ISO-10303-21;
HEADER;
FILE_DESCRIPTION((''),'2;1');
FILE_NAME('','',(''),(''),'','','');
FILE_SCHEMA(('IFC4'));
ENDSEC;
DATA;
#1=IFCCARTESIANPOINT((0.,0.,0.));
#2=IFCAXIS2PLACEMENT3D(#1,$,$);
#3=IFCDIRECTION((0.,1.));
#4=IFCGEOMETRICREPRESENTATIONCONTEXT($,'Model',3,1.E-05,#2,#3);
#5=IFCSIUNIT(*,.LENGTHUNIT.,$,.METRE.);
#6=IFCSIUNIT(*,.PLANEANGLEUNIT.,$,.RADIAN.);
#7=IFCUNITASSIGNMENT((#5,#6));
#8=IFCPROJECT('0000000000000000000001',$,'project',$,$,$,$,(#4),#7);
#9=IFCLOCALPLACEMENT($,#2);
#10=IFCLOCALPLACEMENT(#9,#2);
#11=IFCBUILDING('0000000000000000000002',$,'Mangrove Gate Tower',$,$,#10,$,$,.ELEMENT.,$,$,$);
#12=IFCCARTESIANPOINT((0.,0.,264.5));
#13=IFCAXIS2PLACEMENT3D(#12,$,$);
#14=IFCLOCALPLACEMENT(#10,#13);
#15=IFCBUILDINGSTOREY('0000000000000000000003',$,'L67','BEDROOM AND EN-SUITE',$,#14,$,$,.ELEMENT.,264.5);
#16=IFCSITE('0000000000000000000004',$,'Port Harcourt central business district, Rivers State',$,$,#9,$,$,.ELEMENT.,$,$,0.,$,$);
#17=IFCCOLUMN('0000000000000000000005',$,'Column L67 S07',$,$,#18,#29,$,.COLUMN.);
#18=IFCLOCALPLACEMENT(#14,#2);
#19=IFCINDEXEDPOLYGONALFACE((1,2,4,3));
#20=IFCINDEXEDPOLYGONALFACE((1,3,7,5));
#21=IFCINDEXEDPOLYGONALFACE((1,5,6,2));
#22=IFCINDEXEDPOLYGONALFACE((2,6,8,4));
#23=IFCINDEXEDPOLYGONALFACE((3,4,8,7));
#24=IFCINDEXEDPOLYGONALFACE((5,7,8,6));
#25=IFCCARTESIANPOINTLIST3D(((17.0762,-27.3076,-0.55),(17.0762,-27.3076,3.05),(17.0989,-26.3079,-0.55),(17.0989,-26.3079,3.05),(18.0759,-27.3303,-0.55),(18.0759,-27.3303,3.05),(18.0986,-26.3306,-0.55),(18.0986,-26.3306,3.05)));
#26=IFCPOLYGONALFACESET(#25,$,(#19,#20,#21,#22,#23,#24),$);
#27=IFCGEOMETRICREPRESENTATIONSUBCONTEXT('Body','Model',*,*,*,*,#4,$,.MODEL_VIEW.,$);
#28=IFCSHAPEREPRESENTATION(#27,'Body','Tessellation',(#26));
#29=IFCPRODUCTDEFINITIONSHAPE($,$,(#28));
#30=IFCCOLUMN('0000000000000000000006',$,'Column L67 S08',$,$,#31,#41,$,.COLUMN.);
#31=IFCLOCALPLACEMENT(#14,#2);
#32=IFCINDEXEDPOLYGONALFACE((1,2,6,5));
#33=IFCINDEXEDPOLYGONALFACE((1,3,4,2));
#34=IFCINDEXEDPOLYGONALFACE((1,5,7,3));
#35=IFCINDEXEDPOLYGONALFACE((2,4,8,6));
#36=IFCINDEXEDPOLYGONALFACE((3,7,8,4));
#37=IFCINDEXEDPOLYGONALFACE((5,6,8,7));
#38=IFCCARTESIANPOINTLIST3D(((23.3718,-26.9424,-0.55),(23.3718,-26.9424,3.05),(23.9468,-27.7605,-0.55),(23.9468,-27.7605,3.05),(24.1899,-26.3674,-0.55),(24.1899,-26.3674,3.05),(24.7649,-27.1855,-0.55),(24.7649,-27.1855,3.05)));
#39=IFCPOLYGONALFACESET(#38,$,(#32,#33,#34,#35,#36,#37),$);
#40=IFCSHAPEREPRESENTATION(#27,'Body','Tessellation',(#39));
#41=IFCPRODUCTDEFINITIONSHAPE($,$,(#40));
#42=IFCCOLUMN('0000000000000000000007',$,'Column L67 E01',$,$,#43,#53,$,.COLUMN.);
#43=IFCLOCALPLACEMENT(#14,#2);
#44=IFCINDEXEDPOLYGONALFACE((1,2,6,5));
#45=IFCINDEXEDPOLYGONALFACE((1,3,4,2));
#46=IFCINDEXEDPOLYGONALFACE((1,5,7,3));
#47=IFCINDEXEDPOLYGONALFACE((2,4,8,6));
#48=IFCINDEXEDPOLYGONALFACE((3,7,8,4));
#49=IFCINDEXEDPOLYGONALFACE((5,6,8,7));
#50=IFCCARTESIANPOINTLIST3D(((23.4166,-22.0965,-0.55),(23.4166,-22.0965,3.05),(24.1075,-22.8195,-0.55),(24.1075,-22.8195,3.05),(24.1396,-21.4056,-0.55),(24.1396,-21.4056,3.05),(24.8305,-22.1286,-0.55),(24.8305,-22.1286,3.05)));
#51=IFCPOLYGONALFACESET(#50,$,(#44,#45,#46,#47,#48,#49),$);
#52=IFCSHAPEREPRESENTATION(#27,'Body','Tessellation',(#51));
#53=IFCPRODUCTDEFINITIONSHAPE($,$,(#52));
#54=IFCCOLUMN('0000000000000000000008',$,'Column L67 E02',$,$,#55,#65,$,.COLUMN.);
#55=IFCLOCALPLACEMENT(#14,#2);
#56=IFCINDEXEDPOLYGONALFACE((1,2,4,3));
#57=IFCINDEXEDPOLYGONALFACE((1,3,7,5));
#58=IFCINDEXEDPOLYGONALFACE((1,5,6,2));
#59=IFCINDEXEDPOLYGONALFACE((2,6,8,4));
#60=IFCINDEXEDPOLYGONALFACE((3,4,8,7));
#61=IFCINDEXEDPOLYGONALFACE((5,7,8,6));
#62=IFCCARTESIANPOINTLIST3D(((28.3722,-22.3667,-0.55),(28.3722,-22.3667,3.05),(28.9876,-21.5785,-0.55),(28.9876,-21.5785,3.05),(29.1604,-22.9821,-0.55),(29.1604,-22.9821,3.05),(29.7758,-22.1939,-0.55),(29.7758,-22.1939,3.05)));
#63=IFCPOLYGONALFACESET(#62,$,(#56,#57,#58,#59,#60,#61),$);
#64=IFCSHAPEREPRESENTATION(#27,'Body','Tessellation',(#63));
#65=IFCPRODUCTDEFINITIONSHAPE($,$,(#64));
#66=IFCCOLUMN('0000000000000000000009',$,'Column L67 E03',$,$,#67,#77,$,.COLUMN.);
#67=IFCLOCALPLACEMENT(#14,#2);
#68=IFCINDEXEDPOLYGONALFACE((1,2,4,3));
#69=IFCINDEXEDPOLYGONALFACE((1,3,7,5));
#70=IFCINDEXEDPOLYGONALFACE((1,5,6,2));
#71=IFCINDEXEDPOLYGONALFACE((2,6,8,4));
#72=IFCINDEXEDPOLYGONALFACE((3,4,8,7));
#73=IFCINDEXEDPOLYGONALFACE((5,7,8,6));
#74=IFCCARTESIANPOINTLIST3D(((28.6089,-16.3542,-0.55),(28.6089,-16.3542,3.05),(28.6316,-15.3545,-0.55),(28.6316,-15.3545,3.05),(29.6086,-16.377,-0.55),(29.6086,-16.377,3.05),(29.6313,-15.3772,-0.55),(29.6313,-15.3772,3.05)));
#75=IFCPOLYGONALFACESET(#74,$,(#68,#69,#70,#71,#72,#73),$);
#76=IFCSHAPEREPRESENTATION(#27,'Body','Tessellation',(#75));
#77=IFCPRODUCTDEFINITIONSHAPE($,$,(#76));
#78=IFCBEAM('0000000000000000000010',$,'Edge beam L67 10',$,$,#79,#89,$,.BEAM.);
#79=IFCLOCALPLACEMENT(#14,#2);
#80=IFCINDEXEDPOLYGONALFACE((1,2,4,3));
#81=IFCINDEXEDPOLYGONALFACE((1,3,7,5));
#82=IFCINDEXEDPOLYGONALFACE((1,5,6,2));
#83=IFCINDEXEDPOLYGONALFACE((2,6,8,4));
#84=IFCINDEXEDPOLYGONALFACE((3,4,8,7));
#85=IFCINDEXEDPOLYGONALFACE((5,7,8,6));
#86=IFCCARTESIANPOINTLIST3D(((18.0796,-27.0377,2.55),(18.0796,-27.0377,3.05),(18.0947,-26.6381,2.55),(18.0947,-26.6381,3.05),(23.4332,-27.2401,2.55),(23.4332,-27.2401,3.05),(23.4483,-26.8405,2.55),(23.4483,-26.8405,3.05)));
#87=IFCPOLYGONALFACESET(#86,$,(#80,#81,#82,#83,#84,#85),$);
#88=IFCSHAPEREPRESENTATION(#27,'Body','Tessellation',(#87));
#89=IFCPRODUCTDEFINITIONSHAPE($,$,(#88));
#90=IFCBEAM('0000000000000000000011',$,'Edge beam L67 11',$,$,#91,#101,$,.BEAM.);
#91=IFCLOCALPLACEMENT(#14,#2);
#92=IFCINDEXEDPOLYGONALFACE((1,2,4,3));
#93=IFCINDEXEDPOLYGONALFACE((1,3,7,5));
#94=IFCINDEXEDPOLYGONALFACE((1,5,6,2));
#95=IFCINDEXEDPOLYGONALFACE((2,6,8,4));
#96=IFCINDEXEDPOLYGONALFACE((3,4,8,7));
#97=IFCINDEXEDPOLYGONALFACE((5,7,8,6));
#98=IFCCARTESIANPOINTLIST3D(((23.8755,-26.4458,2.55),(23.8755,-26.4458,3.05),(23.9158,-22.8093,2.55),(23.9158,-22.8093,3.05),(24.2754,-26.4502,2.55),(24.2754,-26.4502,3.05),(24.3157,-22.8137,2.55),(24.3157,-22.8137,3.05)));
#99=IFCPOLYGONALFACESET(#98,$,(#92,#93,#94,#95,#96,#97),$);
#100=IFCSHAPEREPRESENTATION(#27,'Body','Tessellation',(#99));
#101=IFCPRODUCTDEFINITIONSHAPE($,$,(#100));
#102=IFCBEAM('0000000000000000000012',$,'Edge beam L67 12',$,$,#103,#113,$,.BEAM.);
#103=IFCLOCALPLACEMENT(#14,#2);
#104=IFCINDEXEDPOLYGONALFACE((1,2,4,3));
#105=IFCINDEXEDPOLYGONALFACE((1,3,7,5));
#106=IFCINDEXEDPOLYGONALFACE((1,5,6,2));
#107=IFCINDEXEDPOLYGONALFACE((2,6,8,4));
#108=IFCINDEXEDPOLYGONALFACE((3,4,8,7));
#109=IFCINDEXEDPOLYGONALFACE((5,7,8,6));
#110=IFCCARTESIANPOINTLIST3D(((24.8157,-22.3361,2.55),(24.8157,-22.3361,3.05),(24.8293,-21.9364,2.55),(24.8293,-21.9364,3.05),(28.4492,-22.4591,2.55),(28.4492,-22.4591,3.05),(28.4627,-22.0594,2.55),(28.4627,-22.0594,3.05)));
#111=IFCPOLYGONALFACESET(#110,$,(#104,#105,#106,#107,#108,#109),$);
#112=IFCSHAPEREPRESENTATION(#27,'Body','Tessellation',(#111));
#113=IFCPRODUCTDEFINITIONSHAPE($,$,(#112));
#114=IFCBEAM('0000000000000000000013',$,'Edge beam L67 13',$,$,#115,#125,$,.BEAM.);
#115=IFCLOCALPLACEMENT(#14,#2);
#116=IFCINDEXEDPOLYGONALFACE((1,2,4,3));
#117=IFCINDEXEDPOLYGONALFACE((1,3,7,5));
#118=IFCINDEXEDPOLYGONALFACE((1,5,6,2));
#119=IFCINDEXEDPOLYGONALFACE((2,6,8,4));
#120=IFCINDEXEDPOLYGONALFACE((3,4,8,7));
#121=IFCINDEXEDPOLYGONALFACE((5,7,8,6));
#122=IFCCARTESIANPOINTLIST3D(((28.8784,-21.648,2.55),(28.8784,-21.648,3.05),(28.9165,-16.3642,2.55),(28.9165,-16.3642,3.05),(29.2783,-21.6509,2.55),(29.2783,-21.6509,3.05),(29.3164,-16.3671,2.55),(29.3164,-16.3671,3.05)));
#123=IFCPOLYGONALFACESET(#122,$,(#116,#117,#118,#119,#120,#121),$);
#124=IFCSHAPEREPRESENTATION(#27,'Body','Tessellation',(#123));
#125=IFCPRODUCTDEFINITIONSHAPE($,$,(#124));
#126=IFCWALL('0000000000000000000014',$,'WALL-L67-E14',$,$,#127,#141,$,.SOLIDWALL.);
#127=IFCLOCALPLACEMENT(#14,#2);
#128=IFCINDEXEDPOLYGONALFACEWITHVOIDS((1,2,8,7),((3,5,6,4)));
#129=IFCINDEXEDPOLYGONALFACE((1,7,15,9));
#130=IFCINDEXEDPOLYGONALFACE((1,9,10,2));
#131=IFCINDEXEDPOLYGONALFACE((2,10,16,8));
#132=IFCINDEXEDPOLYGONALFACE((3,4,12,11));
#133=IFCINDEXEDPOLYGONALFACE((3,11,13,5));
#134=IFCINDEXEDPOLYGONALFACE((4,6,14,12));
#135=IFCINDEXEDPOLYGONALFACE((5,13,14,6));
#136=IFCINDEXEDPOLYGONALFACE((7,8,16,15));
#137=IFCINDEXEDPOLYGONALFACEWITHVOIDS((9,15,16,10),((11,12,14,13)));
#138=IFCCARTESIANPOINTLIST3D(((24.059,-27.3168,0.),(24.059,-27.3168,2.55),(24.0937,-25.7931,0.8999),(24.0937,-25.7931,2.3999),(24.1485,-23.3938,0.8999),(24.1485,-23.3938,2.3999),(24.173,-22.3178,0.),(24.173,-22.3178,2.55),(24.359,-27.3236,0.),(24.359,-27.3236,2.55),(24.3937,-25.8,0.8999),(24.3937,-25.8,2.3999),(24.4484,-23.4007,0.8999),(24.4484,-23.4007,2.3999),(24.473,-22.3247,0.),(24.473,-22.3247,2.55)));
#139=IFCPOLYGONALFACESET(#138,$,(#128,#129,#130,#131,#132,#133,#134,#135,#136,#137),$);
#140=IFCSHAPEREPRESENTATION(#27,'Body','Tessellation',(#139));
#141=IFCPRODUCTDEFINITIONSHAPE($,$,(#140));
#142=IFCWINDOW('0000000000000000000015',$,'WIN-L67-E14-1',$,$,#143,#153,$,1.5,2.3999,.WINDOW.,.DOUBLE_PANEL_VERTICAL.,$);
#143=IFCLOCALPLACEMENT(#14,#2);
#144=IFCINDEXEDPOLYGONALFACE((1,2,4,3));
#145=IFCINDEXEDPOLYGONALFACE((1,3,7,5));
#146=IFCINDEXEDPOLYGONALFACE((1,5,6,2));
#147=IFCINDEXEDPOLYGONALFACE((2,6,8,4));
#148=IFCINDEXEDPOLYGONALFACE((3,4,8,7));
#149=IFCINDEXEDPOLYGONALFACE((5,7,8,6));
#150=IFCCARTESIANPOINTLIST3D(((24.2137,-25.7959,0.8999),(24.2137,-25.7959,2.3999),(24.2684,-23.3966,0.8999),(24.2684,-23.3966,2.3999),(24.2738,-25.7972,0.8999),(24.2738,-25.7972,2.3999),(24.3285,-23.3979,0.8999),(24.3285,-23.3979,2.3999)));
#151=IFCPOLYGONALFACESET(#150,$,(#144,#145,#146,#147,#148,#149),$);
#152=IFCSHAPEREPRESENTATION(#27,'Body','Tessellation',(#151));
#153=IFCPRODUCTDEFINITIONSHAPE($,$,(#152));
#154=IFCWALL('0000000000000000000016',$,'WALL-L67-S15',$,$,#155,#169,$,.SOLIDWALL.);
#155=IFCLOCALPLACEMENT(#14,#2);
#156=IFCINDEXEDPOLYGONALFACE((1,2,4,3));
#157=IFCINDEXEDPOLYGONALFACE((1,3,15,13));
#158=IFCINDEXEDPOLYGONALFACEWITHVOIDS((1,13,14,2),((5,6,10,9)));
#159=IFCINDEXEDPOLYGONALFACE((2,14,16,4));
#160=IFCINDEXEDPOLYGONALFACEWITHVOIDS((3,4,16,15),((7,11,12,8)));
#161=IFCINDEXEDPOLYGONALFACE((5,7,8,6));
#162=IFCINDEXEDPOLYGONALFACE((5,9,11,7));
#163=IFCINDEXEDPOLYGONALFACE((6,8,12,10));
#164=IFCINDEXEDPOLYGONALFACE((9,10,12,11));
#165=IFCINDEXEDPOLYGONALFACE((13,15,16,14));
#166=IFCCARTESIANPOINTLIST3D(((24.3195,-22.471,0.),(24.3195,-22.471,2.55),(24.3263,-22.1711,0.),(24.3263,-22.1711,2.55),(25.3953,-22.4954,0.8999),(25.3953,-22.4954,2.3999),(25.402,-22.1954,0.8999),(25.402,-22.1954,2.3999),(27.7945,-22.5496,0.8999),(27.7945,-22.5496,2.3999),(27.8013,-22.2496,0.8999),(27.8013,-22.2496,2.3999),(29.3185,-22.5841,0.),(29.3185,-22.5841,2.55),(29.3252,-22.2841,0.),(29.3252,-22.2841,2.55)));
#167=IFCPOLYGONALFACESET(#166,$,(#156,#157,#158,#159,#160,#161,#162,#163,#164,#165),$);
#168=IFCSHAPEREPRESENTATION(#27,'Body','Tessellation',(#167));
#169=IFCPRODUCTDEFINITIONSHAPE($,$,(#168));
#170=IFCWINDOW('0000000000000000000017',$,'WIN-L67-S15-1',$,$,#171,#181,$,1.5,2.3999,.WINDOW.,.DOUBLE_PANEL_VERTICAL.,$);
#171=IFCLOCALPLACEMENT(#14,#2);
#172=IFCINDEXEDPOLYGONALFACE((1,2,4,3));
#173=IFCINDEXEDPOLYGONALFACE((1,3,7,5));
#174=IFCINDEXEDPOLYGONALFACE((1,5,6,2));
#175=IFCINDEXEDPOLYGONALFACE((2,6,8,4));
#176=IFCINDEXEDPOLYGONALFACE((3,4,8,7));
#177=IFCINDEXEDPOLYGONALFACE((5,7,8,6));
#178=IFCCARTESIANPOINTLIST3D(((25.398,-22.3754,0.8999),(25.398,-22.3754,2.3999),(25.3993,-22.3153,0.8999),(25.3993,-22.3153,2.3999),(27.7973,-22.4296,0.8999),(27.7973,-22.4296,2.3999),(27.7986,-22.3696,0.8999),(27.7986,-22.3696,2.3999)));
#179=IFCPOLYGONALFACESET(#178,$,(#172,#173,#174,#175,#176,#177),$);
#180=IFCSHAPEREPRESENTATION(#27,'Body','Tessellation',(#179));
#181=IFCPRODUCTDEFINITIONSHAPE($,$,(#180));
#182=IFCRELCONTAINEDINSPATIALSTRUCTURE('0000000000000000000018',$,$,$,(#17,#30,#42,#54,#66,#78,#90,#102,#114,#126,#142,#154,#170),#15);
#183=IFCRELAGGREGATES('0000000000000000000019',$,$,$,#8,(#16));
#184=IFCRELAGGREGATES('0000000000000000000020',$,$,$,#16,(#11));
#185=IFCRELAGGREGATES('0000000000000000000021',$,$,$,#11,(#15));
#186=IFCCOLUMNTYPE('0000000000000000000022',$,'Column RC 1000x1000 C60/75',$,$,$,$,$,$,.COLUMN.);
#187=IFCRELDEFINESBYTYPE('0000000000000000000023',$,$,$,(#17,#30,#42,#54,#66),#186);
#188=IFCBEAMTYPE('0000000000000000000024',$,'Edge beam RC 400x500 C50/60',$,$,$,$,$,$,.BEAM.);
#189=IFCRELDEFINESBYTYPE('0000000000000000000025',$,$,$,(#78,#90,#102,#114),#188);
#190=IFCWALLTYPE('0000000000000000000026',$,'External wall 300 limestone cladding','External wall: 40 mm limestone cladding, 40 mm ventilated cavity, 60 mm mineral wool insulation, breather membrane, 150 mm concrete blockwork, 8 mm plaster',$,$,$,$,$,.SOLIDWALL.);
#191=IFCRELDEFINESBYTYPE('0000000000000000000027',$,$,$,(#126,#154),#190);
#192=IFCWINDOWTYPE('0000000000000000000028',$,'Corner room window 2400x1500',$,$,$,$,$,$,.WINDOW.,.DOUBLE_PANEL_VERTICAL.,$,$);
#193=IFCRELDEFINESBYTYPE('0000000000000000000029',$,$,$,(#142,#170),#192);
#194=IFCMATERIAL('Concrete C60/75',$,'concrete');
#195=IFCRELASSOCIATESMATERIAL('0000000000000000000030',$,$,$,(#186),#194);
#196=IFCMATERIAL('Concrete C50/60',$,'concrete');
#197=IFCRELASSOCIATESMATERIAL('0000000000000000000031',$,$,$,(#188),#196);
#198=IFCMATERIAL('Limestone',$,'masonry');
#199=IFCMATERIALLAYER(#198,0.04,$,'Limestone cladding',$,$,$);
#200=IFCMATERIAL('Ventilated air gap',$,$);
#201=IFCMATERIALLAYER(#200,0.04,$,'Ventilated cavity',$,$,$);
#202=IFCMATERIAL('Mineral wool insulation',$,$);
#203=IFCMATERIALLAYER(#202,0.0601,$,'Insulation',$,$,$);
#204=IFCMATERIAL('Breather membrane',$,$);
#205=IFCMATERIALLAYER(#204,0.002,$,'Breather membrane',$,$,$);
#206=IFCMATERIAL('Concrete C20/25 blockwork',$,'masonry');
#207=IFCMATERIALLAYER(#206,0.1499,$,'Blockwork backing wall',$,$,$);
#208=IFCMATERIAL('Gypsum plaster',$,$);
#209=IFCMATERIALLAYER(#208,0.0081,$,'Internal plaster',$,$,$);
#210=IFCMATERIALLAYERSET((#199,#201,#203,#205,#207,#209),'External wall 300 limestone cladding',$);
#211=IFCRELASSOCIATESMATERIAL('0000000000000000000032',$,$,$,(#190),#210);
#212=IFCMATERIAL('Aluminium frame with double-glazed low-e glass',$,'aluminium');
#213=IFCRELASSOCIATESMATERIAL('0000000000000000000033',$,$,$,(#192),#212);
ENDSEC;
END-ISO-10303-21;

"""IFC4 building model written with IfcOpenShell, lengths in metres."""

from ifc_helpers import new_model, si_unit, direction, frame, frame_2d, origin, origin_2d, place, context, subcontext, project, spatial, rectangle, extrude, material, layer, layer_set, material_profile, profile_set, type_object, element, fill, save


model = new_model("IFC4")

# Units and contexts
model_context = context("Model", 3, precision=1e-05, world=origin(), true_north=direction((0.0, 1.0)))
body_context = subcontext(model_context, "Body", "Model", "MODEL_VIEW")
ifc_project = project(units=[si_unit("LENGTHUNIT", "METRE"), si_unit("PLANEANGLEUNIT", "RADIAN")], contexts=[model_context])

# Site, building, storey
site_placement = place(None, origin())
site = spatial("IfcSite", under=ifc_project, at=site_placement, Name="Port Harcourt central business district, Rivers State", CompositionType="ELEMENT", RefElevation=0.0)
building_placement = place(site_placement, origin())
building = spatial("IfcBuilding", under=site, at=building_placement, Name="Mangrove Gate Tower", CompositionType="ELEMENT")
storey_placement = place(building_placement, frame((0.0, 0.0, 264.5)))
storey = spatial("IfcBuildingStorey", under=building, at=storey_placement, Name="L67", Description="BEDROOM AND EN-SUITE", CompositionType="ELEMENT", Elevation=264.5)

# Columns
ifc_material_1 = material(Name="Concrete C60/75", Category="concrete")
ifc_material_profile_1 = material_profile(ifc_material_1, rectangle(XDim=1.0, YDim=1.0, at=origin_2d()))
ifc_profile_set_1 = profile_set([ifc_material_profile_1], Name="Concrete C60/75")
column_type = type_object("IfcColumnType", Name="Column RC 1000x1000 C60/75", PredefinedType="COLUMN", material=ifc_profile_set_1)
for number, where, z_axis, x_axis, name in (
    (1, (17.5874, -26.8191, -0.55), (0.0, 0.0, 1.0), (0.999742, -0.022708, 0.0), "Column L67 S07"),
    (2, (24.0684, -27.064, -0.55), (0.0, 0.0, 1.0), (0.818121, 0.575046, 0.0), "Column L67 S08"),
    (3, (24.1235, -22.1125, -0.55), (0.0, 0.0, 1.0), (0.722977, 0.690873, 0.0), "Column L67 E01"),
    (4, (29.074, -22.2803, -0.55), (0.0, 0.0, 1.0), (0.615428, 0.788193, 0.0), "Column L67 E02"),
    (5, (29.1201, -15.8657, -0.55), (0.0, 0.0, 1.0), (0.022718, 0.999742, 0.0), "Column L67 E03"),
):
    element("IfcColumn", number, at=place(storey_placement, frame(where, z_axis=z_axis, x_axis=x_axis)), inside=storey, type_object=column_type, Name=name, PredefinedType="COLUMN", context=body_context, shape_type="SweptSolid", body=[
        extrude(rectangle(XDim=1.0, YDim=1.0, at=origin_2d()), origin(), (0.0, 0.0, 1.0), 3.6001),
    ])

# Beams
ifc_material_2 = material(Name="Concrete C50/60", Category="concrete")
ifc_material_profile_2 = material_profile(ifc_material_2, rectangle(XDim=0.3999, YDim=0.5, at=origin_2d()))
ifc_profile_set_2 = profile_set([ifc_material_profile_2], Name="Concrete C50/60")
beam_type = type_object("IfcBeamType", Name="Edge beam RC 400x500 C50/60", PredefinedType="BEAM", material=ifc_profile_set_2)
beam_1_placement = place(storey_placement, frame((18.0872, -26.8379, 2.8), z_axis=(0.999286, -0.037779, 0.0), x_axis=(0.037779, 0.999286, 0.0)))
element("IfcBeam", 6, at=beam_1_placement, inside=storey, type_object=beam_type, Name="Edge beam L67 10", PredefinedType="BEAM", context=body_context, shape_type="SweptSolid", body=[
    extrude(rectangle(XDim=0.3999, YDim=0.5, at=origin_2d()), origin(), (0.0, 0.0, 1.0), 5.3574),
])
beam_2_placement = place(storey_placement, frame((24.0754, -26.448, 2.8), z_axis=(0.011077, 0.999939, 0.0), x_axis=(-0.999939, 0.011077, 0.0)))
element("IfcBeam", 7, at=beam_2_placement, inside=storey, type_object=beam_type, Name="Edge beam L67 11", PredefinedType="BEAM", context=body_context, shape_type="SweptSolid", body=[
    extrude(rectangle(XDim=0.3999, YDim=0.5, at=origin_2d()), origin(), (0.0, 0.0, 1.0), 3.6367),
])
beam_3_placement = place(storey_placement, frame((24.8225, -22.1362, 2.8), z_axis=(0.999427, -0.033847, 0.0), x_axis=(0.033847, 0.999427, 0.0)))
element("IfcBeam", 8, at=beam_3_placement, inside=storey, type_object=beam_type, Name="Edge beam L67 12", PredefinedType="BEAM", context=body_context, shape_type="SweptSolid", body=[
    extrude(rectangle(XDim=0.3999, YDim=0.5, at=origin_2d()), origin(), (0.0, 0.0, 1.0), 3.6355),
])
beam_4_placement = place(storey_placement, frame((29.0784, -21.6494, 2.8), z_axis=(0.007208, 0.999974, 0.0), x_axis=(-0.999974, 0.007208, 0.0)))
element("IfcBeam", 9, at=beam_4_placement, inside=storey, type_object=beam_type, Name="Edge beam L67 13", PredefinedType="BEAM", context=body_context, shape_type="SweptSolid", body=[
    extrude(rectangle(XDim=0.3999, YDim=0.5, at=origin_2d()), origin(), (0.0, 0.0, 1.0), 5.2839),
])

# Shared definitions
ifc_material_3 = material(Name="Limestone", Category="masonry")
ifc_layer_1 = layer(ifc_material_3, 0.04, Name="Limestone cladding")
ifc_material_4 = material(Name="Ventilated air gap")
ifc_layer_2 = layer(ifc_material_4, 0.04, Name="Ventilated cavity")
ifc_material_5 = material(Name="Mineral wool insulation")
ifc_layer_3 = layer(ifc_material_5, 0.0601, Name="Insulation")
ifc_material_6 = material(Name="Breather membrane")
ifc_layer_4 = layer(ifc_material_6, 0.002, Name="Breather membrane")
ifc_material_7 = material(Name="Concrete C20/25 blockwork", Category="masonry")
ifc_layer_5 = layer(ifc_material_7, 0.1499, Name="Blockwork backing wall")
ifc_material_8 = material(Name="Gypsum plaster")
ifc_layer_6 = layer(ifc_material_8, 0.0081, Name="Internal plaster")
ifc_layer_set_1 = layer_set([ifc_layer_1, ifc_layer_2, ifc_layer_3, ifc_layer_4, ifc_layer_5, ifc_layer_6], Name="External wall 300 limestone cladding")
wall_type_1 = type_object("IfcWallType", Name="External wall 300 limestone cladding", Description="External wall: 40 mm limestone cladding, 40 mm ventilated cavity, 60 mm mineral wool insulation, breather membrane, 150 mm concrete blockwork, 8 mm plaster", PredefinedType="SOLIDWALL", material=ifc_layer_set_1)
ifc_material_9 = material(Name="Aluminium frame with double-glazed low-e glass", Category="aluminium")
window_type = type_object("IfcWindowType", Name="Corner room window 2400x1500", PartitioningType="DOUBLE_PANEL_VERTICAL", PredefinedType="WINDOW", material=ifc_material_9)

# Walls, openings, windows
wall_1_placement = place(storey_placement, frame((24.209, -27.3201, 0.0), z_axis=(0.0, 0.0, 1.0), x_axis=(0.022801, 0.99974, 0.0)))
wall_1 = element("IfcWall", 10, at=wall_1_placement, inside=storey, type_object=wall_type_1, Name="WALL-L67-E14", PredefinedType="SOLIDWALL", context=body_context, shape_type="SweptSolid", body=[
    extrude(rectangle(XDim=5.0002, YDim=0.3, at=frame_2d((2.5, 0.0))), origin(), (0.0, 0.0, 1.0), 2.55),
])
opening_1_placement = place(wall_1_placement, frame((1.5239, 0.0, 0.8999)))
opening_1 = element("IfcOpeningElement", 11, at=opening_1_placement, cuts=wall_1, PredefinedType="OPENING", context=body_context, shape_type="SweptSolid", body=[
    extrude(rectangle(XDim=2.3999, YDim=1.5, at=frame_2d((1.2, 0.75))), frame((0.0, 0.1599, 0.0), z_axis=(0.0, -1.0, 0.0), x_axis=(1.0, 0.0, 0.0)), (0.0, 0.0, 1.0), 0.3201),
])
window_1_placement = place(opening_1_placement, origin())
window_1 = element("IfcWindow", 12, at=window_1_placement, inside=storey, type_object=window_type, Name="WIN-L67-E14-1", OverallHeight=1.5, OverallWidth=2.3999, PartitioningType="DOUBLE_PANEL_VERTICAL", PredefinedType="WINDOW", context=body_context, shape_type="SweptSolid", body=[
    extrude(rectangle(XDim=2.3999, YDim=1.5, at=frame_2d((1.2, 0.75))), frame((0.0, 0.03, 0.0), z_axis=(0.0, -1.0, 0.0), x_axis=(1.0, 0.0, 0.0)), (0.0, 0.0, 1.0), 0.0601),
])
fill(opening_1, window_1)
wall_2_placement = place(storey_placement, frame((24.323, -22.321, 0.0), z_axis=(0.0, 0.0, 1.0), x_axis=(0.999744, -0.022606, 0.0)))
wall_2 = element("IfcWall", 13, at=wall_2_placement, inside=storey, type_object=wall_type_1, Name="WALL-L67-S15", PredefinedType="SOLIDWALL", context=body_context, shape_type="SweptSolid", body=[
    extrude(rectangle(XDim=5.0002, YDim=0.3, at=frame_2d((2.5, 0.0))), origin(), (0.0, 0.0, 1.0), 2.55),
])
opening_2_placement = place(wall_2_placement, frame((1.0759, 0.0, 0.8999)))
opening_2 = element("IfcOpeningElement", 14, at=opening_2_placement, cuts=wall_2, PredefinedType="OPENING", context=body_context, shape_type="SweptSolid", body=[
    extrude(rectangle(XDim=2.3999, YDim=1.5, at=frame_2d((1.2, 0.75))), frame((0.0, 0.1599, 0.0), z_axis=(0.0, -1.0, 0.0), x_axis=(1.0, 0.0, 0.0)), (0.0, 0.0, 1.0), 0.3201),
])
window_2_placement = place(opening_2_placement, origin())
window_2 = element("IfcWindow", 15, at=window_2_placement, inside=storey, type_object=window_type, Name="WIN-L67-S15-1", OverallHeight=1.5, OverallWidth=2.3999, PartitioningType="DOUBLE_PANEL_VERTICAL", PredefinedType="WINDOW", context=body_context, shape_type="SweptSolid", body=[
    extrude(rectangle(XDim=2.3999, YDim=1.5, at=frame_2d((1.2, 0.75))), frame((0.0, 0.03, 0.0), z_axis=(0.0, -1.0, 0.0), x_axis=(1.0, 0.0, 0.0)), (0.0, 0.0, 1.0), 0.0601),
])
fill(opening_2, window_2)

save(model, "model.ifc")
